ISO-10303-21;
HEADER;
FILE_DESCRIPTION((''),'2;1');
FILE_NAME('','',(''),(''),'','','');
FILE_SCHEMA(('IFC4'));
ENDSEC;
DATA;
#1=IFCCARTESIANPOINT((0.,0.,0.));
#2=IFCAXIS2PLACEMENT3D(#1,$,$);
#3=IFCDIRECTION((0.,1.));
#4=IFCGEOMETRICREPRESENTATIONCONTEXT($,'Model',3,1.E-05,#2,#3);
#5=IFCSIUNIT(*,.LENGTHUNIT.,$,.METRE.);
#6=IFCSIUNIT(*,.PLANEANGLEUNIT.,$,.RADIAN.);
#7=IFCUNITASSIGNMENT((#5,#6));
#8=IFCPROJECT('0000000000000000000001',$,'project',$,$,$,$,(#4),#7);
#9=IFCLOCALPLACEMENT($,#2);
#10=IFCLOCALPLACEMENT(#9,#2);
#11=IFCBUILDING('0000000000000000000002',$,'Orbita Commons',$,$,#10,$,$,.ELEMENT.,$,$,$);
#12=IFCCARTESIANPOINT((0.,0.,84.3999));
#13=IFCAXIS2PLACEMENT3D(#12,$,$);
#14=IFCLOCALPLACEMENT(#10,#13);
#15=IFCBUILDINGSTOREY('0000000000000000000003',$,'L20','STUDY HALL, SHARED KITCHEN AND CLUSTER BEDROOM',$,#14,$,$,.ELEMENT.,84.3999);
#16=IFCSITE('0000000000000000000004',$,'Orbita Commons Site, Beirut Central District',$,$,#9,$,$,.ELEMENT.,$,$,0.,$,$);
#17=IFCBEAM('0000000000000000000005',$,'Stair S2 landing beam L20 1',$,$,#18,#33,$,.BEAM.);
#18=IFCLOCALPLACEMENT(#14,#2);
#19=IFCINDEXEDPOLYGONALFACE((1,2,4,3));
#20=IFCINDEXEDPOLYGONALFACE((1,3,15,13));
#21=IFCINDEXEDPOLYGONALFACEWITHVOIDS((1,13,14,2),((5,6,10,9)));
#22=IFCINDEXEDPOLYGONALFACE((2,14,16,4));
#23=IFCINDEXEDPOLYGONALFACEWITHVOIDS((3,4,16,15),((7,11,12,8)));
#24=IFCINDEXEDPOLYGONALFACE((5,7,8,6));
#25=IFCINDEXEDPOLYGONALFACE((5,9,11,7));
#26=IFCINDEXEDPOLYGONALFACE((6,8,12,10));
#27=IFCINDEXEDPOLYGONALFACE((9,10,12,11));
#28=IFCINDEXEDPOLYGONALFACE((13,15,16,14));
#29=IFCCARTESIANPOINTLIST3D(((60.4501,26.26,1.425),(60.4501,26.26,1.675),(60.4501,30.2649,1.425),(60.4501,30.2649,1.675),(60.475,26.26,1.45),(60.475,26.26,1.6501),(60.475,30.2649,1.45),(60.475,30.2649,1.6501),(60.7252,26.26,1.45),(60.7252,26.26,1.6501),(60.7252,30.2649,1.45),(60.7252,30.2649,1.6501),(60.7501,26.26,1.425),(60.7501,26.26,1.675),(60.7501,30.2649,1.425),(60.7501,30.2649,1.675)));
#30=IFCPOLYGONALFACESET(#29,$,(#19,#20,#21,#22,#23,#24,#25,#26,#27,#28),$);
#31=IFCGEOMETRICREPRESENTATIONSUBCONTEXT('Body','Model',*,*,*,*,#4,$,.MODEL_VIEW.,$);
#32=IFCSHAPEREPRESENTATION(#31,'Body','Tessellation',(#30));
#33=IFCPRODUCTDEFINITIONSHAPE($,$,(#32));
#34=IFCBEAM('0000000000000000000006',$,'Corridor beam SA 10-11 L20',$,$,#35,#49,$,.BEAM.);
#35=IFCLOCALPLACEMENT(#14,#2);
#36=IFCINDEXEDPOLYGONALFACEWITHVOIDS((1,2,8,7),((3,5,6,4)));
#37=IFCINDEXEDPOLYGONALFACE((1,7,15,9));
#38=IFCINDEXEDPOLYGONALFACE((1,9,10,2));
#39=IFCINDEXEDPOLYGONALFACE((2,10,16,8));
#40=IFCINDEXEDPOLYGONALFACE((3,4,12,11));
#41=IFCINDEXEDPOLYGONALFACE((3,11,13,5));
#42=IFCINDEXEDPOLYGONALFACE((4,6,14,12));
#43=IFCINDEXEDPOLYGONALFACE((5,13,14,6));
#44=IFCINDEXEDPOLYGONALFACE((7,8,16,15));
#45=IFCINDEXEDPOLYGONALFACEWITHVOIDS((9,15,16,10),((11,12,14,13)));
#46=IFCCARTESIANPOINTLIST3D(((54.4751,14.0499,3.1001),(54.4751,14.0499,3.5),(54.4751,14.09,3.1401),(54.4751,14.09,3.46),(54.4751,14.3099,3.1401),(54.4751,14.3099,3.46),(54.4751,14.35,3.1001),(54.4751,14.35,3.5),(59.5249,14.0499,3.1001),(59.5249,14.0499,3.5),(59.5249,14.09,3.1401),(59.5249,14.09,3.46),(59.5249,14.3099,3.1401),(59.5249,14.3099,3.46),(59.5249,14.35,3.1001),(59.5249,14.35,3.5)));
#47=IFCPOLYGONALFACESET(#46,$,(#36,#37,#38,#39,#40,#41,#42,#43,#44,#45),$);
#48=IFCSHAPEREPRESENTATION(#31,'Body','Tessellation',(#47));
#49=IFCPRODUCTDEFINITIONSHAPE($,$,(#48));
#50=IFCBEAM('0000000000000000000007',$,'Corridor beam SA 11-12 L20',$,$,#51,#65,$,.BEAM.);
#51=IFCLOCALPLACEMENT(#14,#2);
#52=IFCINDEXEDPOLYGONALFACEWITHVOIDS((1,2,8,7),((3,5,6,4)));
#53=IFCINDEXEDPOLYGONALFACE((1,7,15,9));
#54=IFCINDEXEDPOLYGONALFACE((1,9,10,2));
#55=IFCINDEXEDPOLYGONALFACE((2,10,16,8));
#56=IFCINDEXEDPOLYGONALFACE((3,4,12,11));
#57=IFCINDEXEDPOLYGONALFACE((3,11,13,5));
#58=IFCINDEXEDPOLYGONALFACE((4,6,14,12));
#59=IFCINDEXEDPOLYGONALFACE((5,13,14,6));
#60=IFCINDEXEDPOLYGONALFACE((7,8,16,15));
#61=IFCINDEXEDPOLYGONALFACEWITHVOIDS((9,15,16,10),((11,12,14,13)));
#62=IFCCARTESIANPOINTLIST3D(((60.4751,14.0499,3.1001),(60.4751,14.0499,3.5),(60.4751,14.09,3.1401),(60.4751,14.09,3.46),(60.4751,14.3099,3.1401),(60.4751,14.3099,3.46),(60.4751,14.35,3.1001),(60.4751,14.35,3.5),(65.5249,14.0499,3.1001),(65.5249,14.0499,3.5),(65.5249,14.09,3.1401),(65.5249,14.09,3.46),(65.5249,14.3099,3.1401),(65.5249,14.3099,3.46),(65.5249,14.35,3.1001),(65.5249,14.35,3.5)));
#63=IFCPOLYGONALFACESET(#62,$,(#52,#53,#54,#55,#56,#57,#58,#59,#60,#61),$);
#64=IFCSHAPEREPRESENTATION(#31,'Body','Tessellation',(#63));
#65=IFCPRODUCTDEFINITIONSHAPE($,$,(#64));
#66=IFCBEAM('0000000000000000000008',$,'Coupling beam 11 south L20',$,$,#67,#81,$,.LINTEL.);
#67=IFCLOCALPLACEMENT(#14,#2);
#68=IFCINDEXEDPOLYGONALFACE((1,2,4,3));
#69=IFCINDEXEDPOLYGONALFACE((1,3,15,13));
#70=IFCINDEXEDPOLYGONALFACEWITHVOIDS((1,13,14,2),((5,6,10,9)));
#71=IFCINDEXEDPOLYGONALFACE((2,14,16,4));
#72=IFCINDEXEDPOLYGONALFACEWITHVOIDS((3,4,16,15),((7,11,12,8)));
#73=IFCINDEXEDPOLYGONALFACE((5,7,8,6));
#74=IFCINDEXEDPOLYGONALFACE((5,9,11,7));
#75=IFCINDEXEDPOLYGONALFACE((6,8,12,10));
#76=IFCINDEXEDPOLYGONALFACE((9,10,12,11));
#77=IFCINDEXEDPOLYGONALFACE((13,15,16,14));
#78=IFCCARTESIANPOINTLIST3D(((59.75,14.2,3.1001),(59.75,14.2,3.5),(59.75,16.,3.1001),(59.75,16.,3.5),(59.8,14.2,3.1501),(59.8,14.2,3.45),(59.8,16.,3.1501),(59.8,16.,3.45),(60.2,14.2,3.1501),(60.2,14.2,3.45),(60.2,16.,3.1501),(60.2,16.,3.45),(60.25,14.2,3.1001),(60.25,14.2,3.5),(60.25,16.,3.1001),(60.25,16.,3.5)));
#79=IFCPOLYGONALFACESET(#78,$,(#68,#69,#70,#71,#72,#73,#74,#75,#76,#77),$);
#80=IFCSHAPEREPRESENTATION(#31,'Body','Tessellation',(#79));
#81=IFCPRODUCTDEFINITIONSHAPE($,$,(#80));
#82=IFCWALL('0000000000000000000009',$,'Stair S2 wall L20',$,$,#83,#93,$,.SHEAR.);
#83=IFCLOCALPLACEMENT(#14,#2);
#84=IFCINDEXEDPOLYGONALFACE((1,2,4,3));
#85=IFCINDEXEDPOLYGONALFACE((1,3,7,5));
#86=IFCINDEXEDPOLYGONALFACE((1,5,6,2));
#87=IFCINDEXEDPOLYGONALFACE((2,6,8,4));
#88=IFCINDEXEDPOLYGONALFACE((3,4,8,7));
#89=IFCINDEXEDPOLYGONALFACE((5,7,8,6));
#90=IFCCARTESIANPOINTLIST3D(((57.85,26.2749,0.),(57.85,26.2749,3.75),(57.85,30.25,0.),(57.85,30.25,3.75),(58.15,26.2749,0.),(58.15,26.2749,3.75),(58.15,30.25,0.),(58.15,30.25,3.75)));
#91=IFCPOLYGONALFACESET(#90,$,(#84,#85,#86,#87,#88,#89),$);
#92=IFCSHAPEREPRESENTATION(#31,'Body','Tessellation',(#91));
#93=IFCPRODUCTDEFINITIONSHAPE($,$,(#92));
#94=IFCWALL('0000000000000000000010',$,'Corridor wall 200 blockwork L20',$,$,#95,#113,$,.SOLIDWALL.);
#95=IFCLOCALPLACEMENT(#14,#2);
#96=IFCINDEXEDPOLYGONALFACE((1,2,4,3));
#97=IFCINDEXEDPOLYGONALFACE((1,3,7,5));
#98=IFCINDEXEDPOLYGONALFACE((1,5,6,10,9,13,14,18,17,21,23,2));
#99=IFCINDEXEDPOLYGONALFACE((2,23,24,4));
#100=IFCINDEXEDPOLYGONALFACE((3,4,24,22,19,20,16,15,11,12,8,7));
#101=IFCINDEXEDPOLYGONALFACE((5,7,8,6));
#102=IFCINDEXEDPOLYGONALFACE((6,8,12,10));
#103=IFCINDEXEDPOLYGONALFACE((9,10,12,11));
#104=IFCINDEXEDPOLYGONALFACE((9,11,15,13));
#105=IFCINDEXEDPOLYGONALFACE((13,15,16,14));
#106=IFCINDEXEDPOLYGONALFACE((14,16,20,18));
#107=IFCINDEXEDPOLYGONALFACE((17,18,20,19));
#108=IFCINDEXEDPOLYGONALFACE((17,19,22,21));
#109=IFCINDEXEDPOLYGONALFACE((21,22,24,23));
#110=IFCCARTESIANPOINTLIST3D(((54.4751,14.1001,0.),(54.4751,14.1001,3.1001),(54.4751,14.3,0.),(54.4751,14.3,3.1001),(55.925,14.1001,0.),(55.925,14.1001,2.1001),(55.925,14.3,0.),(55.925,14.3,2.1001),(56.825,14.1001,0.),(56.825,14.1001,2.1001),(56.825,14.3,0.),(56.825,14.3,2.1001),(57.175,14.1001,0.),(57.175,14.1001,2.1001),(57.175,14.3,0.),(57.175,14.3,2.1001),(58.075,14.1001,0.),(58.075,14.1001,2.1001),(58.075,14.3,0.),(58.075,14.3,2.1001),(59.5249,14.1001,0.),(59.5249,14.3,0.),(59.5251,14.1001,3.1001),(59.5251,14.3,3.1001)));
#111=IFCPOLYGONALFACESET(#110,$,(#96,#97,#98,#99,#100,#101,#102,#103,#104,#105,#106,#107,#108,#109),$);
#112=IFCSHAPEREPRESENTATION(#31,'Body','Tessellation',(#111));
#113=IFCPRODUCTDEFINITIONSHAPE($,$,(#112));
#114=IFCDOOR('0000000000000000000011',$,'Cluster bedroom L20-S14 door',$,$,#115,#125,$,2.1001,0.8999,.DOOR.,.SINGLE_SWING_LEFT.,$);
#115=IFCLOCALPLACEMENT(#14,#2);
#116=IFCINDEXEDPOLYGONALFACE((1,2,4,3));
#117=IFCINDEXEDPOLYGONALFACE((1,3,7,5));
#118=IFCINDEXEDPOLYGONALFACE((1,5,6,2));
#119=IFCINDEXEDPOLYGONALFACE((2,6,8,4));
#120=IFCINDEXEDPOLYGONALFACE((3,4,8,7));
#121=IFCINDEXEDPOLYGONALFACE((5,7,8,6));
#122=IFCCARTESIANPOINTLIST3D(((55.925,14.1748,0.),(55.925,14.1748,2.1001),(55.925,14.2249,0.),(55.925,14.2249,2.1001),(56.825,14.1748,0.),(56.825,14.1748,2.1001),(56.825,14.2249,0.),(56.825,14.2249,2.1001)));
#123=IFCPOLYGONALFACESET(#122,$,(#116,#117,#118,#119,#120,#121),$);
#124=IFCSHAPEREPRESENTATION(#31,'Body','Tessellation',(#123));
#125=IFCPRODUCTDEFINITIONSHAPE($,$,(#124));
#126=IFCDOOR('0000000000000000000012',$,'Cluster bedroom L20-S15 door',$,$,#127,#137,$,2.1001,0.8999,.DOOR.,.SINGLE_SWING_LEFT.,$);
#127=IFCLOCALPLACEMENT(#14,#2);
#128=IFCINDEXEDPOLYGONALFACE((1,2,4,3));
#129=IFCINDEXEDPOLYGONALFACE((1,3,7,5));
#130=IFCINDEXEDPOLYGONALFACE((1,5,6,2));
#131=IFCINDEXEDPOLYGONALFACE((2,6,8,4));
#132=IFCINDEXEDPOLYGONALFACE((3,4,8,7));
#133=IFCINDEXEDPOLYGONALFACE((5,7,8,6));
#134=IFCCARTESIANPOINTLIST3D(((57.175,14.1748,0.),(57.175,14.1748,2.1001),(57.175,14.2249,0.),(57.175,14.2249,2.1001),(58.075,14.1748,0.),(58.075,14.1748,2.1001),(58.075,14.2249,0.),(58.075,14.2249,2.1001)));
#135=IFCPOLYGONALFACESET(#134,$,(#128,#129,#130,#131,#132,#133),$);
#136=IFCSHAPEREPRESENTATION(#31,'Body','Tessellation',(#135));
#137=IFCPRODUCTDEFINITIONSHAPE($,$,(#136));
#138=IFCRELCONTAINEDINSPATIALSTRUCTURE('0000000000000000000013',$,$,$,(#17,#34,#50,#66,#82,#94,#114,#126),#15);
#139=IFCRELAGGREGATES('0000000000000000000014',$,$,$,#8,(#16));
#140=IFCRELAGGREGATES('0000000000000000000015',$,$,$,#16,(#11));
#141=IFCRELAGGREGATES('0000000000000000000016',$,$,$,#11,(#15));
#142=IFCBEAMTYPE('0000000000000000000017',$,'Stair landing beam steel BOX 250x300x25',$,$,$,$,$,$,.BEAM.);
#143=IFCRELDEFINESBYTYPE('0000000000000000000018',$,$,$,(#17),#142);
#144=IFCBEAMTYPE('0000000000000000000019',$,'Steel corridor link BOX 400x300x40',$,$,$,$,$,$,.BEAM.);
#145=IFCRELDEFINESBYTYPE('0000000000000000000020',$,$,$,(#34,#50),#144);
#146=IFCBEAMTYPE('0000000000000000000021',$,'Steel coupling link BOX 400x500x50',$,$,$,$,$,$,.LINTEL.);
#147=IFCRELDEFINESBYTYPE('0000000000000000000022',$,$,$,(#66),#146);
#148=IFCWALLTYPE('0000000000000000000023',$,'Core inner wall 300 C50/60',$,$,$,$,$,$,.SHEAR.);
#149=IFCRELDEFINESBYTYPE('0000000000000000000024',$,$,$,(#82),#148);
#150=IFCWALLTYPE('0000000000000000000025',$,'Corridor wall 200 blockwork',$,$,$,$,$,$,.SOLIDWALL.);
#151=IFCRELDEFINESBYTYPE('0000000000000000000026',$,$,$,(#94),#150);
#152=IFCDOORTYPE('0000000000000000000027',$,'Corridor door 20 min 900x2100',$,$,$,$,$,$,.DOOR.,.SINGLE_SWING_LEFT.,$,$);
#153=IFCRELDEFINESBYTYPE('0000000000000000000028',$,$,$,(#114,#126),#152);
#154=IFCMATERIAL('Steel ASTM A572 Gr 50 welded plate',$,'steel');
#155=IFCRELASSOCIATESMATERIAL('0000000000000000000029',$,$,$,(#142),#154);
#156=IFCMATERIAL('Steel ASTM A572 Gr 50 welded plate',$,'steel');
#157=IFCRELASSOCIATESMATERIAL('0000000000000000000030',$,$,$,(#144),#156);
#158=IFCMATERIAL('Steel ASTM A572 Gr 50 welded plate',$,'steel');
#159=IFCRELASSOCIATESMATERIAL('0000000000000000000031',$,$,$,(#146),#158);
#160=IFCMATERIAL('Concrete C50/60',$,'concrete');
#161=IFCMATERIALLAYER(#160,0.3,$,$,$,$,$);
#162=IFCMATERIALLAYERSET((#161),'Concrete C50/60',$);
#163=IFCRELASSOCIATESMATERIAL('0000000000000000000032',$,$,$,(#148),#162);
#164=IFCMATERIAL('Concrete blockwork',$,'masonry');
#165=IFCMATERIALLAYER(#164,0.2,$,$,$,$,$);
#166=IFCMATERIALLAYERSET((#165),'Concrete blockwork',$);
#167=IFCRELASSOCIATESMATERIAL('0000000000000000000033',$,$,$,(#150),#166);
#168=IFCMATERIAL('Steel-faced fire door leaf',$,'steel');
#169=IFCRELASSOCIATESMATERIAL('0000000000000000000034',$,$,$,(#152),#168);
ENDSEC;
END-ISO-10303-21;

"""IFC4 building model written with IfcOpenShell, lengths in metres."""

from ifc_helpers import new_model, si_unit, direction, frame, frame_2d, origin, origin_2d, place, context, subcontext, project, spatial, polyline, rectangle, hollow_rectangle, outline, extrude, material, layer, layer_set, material_profile, profile_set, type_object, element, fill, save


model = new_model("IFC4")

# Units and contexts
model_context = context("Model", 3, precision=1e-05, world=origin(), true_north=direction((0.0, 1.0)))
body_context = subcontext(model_context, "Body", "Model", "MODEL_VIEW")
ifc_project = project(units=[si_unit("LENGTHUNIT", "METRE"), si_unit("PLANEANGLEUNIT", "RADIAN")], contexts=[model_context])

# Site, building, storey
site_placement = place(None, origin())
site = spatial("IfcSite", under=ifc_project, at=site_placement, Name="Orbita Commons Site, Beirut Central District", CompositionType="ELEMENT", RefElevation=0.0)
building_placement = place(site_placement, origin())
building = spatial("IfcBuilding", under=site, at=building_placement, Name="Orbita Commons", CompositionType="ELEMENT")
storey_placement = place(building_placement, frame((0.0, 0.0, 84.3999)))
storey = spatial("IfcBuildingStorey", under=building, at=storey_placement, Name="L20", Description="STUDY HALL, SHARED KITCHEN AND CLUSTER BEDROOM", CompositionType="ELEMENT", Elevation=84.3999)

# Beams
ifc_material_1 = material(Name="Steel ASTM A572 Gr 50 welded plate", Category="steel")
ifc_material_profile_1 = material_profile(ifc_material_1, hollow_rectangle(XDim=0.3, YDim=0.25, WallThickness=0.0249, at=origin_2d()), Name="BOX 250x300x25")
ifc_profile_set_1 = profile_set([ifc_material_profile_1], Name="Steel ASTM A572 Gr 50 welded plate")
beam_type_1 = type_object("IfcBeamType", Name="Stair landing beam steel BOX 250x300x25", PredefinedType="BEAM", material=ifc_profile_set_1)
beam_1_placement = place(storey_placement, frame((60.6001, 26.26, 1.55), z_axis=(0.0, 1.0, 0.0), x_axis=(-1.0, 0.0, 0.0)))
element("IfcBeam", 1, at=beam_1_placement, inside=storey, type_object=beam_type_1, Name="Stair S2 landing beam L20 1", PredefinedType="BEAM", context=body_context, shape_type="SweptSolid", body=[
    extrude(hollow_rectangle(XDim=0.3, YDim=0.25, WallThickness=0.0249, at=origin_2d()), origin(), (0.0, 0.0, 1.0), 4.0049),
])
ifc_material_2 = material(Name="Steel ASTM A572 Gr 50 welded plate", Category="steel")
ifc_material_profile_2 = material_profile(ifc_material_2, hollow_rectangle(XDim=0.3, YDim=0.3999, WallThickness=0.04, at=origin_2d()), Name="BOX 400x300x40")
ifc_profile_set_2 = profile_set([ifc_material_profile_2], Name="Steel ASTM A572 Gr 50 welded plate")
beam_type_2 = type_object("IfcBeamType", Name="Steel corridor link BOX 400x300x40", PredefinedType="BEAM", material=ifc_profile_set_2)
for number, where, z_axis, x_axis, name in (
    (2, (54.4751, 14.2, 3.3), (1.0, 0.0, 0.0), (0.0, 1.0, 0.0), "Corridor beam SA 10-11 L20"),
    (3, (60.4751, 14.2, 3.3), (1.0, 0.0, 0.0), (0.0, 1.0, 0.0), "Corridor beam SA 11-12 L20"),
):
    element("IfcBeam", number, at=place(storey_placement, frame(where, z_axis=z_axis, x_axis=x_axis)), inside=storey, type_object=beam_type_2, Name=name, PredefinedType="BEAM", context=body_context, shape_type="SweptSolid", body=[
        extrude(hollow_rectangle(XDim=0.3, YDim=0.3999, WallThickness=0.04, at=origin_2d()), origin(), (0.0, 0.0, 1.0), 5.0498),
    ])
ifc_material_3 = material(Name="Steel ASTM A572 Gr 50 welded plate", Category="steel")
ifc_material_profile_3 = material_profile(ifc_material_3, hollow_rectangle(XDim=0.5, YDim=0.3999, WallThickness=0.05, at=origin_2d()), Name="BOX 400x500x50")
ifc_profile_set_3 = profile_set([ifc_material_profile_3], Name="Steel ASTM A572 Gr 50 welded plate")
beam_type_3 = type_object("IfcBeamType", Name="Steel coupling link BOX 400x500x50", PredefinedType="LINTEL", material=ifc_profile_set_3)
beam_2_placement = place(storey_placement, frame((60.0, 14.2, 3.3), z_axis=(0.0, 1.0, 0.0), x_axis=(-1.0, 0.0, 0.0)))
element("IfcBeam", 4, at=beam_2_placement, inside=storey, type_object=beam_type_3, Name="Coupling beam 11 south L20", PredefinedType="LINTEL", context=body_context, shape_type="SweptSolid", body=[
    extrude(hollow_rectangle(XDim=0.5, YDim=0.3999, WallThickness=0.05, at=origin_2d()), origin(), (0.0, 0.0, 1.0), 1.8),
])

# Wall
ifc_material_4 = material(Name="Concrete C50/60", Category="concrete")
ifc_layer_1 = layer(ifc_material_4, 0.3)
ifc_layer_set_1 = layer_set([ifc_layer_1], Name="Concrete C50/60")
wall_type_1 = type_object("IfcWallType", Name="Core inner wall 300 C50/60", PredefinedType="SHEAR", material=ifc_layer_set_1)
wall_1_placement = place(storey_placement, frame((58.0, 26.2749, 0.0), z_axis=(0.0, 0.0, 1.0), x_axis=(0.0, 1.0, 0.0)))
element("IfcWall", 5, at=wall_1_placement, inside=storey, type_object=wall_type_1, Name="Stair S2 wall L20", PredefinedType="SHEAR", context=body_context, shape_type="SweptSolid", body=[
    extrude(rectangle(XDim=3.9751, YDim=0.3, at=frame_2d((1.9875, 0.0))), origin(), (0.0, 0.0, 1.0), 3.75),
])

# Wall, openings, doors
ifc_material_5 = material(Name="Concrete blockwork", Category="masonry")
ifc_layer_2 = layer(ifc_material_5, 0.2)
ifc_layer_set_2 = layer_set([ifc_layer_2], Name="Concrete blockwork")
wall_type_2 = type_object("IfcWallType", Name="Corridor wall 200 blockwork", PredefinedType="SOLIDWALL", material=ifc_layer_set_2)
wall_2_placement = place(storey_placement, frame((54.4751, 14.2, 0.0), z_axis=(0.0, 0.0, 1.0), x_axis=(1.0, 0.0, 0.0)))
wall_2 = element("IfcWall", 6, at=wall_2_placement, inside=storey, type_object=wall_type_2, Name="Corridor wall 200 blockwork L20", PredefinedType="SOLIDWALL", context=body_context, shape_type="SweptSolid", body=[
    extrude(outline(polyline([(0.0, 0.0), (5.0498, 0.0), (5.05, 3.1001), (0.0, 3.1001), (0.0, 0.0)])), frame((0.0, 0.1001, 0.0), z_axis=(0.0, -1.0, 0.0), x_axis=(1.0, 0.0, 0.0)), (0.0, 0.0, 1.0), 0.2),
])
opening_1_placement = place(wall_2_placement, frame((1.45, 0.0, 0.0)))
opening_1 = element("IfcOpeningElement", 7, at=opening_1_placement, cuts=wall_2, PredefinedType="OPENING", context=body_context, shape_type="SweptSolid", body=[
    extrude(rectangle(XDim=0.8999, YDim=2.1001, at=frame_2d((0.45, 1.05))), frame((0.0, 0.1099, 0.0), z_axis=(0.0, -1.0, 0.0), x_axis=(1.0, 0.0, 0.0)), (0.0, 0.0, 1.0), 0.22),
])
opening_2_placement = place(wall_2_placement, frame((2.7, 0.0, 0.0)))
opening_2 = element("IfcOpeningElement", 8, at=opening_2_placement, cuts=wall_2, PredefinedType="OPENING", context=body_context, shape_type="SweptSolid", body=[
    extrude(rectangle(XDim=0.8999, YDim=2.1001, at=frame_2d((0.45, 1.05))), frame((0.0, 0.1099, 0.0), z_axis=(0.0, -1.0, 0.0), x_axis=(1.0, 0.0, 0.0)), (0.0, 0.0, 1.0), 0.22),
])
ifc_material_6 = material(Name="Steel-faced fire door leaf", Category="steel")
door_type_1 = type_object("IfcDoorType", Name="Corridor door 20 min 900x2100", OperationType="SINGLE_SWING_LEFT", PredefinedType="DOOR", material=ifc_material_6)
door_1_placement = place(opening_1_placement, origin())
door_1 = element("IfcDoor", 9, at=door_1_placement, inside=storey, type_object=door_type_1, Name="Cluster bedroom L20-S14 door", OperationType="SINGLE_SWING_LEFT", OverallHeight=2.1001, OverallWidth=0.8999, PredefinedType="DOOR", context=body_context, shape_type="SweptSolid", body=[
    extrude(rectangle(XDim=0.8999, YDim=2.1001, at=frame_2d((0.45, 1.05))), frame((0.0, 0.0249, 0.0), z_axis=(0.0, -1.0, 0.0), x_axis=(1.0, 0.0, 0.0)), (0.0, 0.0, 1.0), 0.05),
])
fill(opening_1, door_1)
door_2_placement = place(opening_2_placement, origin())
door_2 = element("IfcDoor", 10, at=door_2_placement, inside=storey, type_object=door_type_1, Name="Cluster bedroom L20-S15 door", OperationType="SINGLE_SWING_LEFT", OverallHeight=2.1001, OverallWidth=0.8999, PredefinedType="DOOR", context=body_context, shape_type="SweptSolid", body=[
    extrude(rectangle(XDim=0.8999, YDim=2.1001, at=frame_2d((0.45, 1.05))), frame((0.0, 0.0249, 0.0), z_axis=(0.0, -1.0, 0.0), x_axis=(1.0, 0.0, 0.0)), (0.0, 0.0, 1.0), 0.05),
])
fill(opening_2, door_2)

save(model, "model.ifc")
